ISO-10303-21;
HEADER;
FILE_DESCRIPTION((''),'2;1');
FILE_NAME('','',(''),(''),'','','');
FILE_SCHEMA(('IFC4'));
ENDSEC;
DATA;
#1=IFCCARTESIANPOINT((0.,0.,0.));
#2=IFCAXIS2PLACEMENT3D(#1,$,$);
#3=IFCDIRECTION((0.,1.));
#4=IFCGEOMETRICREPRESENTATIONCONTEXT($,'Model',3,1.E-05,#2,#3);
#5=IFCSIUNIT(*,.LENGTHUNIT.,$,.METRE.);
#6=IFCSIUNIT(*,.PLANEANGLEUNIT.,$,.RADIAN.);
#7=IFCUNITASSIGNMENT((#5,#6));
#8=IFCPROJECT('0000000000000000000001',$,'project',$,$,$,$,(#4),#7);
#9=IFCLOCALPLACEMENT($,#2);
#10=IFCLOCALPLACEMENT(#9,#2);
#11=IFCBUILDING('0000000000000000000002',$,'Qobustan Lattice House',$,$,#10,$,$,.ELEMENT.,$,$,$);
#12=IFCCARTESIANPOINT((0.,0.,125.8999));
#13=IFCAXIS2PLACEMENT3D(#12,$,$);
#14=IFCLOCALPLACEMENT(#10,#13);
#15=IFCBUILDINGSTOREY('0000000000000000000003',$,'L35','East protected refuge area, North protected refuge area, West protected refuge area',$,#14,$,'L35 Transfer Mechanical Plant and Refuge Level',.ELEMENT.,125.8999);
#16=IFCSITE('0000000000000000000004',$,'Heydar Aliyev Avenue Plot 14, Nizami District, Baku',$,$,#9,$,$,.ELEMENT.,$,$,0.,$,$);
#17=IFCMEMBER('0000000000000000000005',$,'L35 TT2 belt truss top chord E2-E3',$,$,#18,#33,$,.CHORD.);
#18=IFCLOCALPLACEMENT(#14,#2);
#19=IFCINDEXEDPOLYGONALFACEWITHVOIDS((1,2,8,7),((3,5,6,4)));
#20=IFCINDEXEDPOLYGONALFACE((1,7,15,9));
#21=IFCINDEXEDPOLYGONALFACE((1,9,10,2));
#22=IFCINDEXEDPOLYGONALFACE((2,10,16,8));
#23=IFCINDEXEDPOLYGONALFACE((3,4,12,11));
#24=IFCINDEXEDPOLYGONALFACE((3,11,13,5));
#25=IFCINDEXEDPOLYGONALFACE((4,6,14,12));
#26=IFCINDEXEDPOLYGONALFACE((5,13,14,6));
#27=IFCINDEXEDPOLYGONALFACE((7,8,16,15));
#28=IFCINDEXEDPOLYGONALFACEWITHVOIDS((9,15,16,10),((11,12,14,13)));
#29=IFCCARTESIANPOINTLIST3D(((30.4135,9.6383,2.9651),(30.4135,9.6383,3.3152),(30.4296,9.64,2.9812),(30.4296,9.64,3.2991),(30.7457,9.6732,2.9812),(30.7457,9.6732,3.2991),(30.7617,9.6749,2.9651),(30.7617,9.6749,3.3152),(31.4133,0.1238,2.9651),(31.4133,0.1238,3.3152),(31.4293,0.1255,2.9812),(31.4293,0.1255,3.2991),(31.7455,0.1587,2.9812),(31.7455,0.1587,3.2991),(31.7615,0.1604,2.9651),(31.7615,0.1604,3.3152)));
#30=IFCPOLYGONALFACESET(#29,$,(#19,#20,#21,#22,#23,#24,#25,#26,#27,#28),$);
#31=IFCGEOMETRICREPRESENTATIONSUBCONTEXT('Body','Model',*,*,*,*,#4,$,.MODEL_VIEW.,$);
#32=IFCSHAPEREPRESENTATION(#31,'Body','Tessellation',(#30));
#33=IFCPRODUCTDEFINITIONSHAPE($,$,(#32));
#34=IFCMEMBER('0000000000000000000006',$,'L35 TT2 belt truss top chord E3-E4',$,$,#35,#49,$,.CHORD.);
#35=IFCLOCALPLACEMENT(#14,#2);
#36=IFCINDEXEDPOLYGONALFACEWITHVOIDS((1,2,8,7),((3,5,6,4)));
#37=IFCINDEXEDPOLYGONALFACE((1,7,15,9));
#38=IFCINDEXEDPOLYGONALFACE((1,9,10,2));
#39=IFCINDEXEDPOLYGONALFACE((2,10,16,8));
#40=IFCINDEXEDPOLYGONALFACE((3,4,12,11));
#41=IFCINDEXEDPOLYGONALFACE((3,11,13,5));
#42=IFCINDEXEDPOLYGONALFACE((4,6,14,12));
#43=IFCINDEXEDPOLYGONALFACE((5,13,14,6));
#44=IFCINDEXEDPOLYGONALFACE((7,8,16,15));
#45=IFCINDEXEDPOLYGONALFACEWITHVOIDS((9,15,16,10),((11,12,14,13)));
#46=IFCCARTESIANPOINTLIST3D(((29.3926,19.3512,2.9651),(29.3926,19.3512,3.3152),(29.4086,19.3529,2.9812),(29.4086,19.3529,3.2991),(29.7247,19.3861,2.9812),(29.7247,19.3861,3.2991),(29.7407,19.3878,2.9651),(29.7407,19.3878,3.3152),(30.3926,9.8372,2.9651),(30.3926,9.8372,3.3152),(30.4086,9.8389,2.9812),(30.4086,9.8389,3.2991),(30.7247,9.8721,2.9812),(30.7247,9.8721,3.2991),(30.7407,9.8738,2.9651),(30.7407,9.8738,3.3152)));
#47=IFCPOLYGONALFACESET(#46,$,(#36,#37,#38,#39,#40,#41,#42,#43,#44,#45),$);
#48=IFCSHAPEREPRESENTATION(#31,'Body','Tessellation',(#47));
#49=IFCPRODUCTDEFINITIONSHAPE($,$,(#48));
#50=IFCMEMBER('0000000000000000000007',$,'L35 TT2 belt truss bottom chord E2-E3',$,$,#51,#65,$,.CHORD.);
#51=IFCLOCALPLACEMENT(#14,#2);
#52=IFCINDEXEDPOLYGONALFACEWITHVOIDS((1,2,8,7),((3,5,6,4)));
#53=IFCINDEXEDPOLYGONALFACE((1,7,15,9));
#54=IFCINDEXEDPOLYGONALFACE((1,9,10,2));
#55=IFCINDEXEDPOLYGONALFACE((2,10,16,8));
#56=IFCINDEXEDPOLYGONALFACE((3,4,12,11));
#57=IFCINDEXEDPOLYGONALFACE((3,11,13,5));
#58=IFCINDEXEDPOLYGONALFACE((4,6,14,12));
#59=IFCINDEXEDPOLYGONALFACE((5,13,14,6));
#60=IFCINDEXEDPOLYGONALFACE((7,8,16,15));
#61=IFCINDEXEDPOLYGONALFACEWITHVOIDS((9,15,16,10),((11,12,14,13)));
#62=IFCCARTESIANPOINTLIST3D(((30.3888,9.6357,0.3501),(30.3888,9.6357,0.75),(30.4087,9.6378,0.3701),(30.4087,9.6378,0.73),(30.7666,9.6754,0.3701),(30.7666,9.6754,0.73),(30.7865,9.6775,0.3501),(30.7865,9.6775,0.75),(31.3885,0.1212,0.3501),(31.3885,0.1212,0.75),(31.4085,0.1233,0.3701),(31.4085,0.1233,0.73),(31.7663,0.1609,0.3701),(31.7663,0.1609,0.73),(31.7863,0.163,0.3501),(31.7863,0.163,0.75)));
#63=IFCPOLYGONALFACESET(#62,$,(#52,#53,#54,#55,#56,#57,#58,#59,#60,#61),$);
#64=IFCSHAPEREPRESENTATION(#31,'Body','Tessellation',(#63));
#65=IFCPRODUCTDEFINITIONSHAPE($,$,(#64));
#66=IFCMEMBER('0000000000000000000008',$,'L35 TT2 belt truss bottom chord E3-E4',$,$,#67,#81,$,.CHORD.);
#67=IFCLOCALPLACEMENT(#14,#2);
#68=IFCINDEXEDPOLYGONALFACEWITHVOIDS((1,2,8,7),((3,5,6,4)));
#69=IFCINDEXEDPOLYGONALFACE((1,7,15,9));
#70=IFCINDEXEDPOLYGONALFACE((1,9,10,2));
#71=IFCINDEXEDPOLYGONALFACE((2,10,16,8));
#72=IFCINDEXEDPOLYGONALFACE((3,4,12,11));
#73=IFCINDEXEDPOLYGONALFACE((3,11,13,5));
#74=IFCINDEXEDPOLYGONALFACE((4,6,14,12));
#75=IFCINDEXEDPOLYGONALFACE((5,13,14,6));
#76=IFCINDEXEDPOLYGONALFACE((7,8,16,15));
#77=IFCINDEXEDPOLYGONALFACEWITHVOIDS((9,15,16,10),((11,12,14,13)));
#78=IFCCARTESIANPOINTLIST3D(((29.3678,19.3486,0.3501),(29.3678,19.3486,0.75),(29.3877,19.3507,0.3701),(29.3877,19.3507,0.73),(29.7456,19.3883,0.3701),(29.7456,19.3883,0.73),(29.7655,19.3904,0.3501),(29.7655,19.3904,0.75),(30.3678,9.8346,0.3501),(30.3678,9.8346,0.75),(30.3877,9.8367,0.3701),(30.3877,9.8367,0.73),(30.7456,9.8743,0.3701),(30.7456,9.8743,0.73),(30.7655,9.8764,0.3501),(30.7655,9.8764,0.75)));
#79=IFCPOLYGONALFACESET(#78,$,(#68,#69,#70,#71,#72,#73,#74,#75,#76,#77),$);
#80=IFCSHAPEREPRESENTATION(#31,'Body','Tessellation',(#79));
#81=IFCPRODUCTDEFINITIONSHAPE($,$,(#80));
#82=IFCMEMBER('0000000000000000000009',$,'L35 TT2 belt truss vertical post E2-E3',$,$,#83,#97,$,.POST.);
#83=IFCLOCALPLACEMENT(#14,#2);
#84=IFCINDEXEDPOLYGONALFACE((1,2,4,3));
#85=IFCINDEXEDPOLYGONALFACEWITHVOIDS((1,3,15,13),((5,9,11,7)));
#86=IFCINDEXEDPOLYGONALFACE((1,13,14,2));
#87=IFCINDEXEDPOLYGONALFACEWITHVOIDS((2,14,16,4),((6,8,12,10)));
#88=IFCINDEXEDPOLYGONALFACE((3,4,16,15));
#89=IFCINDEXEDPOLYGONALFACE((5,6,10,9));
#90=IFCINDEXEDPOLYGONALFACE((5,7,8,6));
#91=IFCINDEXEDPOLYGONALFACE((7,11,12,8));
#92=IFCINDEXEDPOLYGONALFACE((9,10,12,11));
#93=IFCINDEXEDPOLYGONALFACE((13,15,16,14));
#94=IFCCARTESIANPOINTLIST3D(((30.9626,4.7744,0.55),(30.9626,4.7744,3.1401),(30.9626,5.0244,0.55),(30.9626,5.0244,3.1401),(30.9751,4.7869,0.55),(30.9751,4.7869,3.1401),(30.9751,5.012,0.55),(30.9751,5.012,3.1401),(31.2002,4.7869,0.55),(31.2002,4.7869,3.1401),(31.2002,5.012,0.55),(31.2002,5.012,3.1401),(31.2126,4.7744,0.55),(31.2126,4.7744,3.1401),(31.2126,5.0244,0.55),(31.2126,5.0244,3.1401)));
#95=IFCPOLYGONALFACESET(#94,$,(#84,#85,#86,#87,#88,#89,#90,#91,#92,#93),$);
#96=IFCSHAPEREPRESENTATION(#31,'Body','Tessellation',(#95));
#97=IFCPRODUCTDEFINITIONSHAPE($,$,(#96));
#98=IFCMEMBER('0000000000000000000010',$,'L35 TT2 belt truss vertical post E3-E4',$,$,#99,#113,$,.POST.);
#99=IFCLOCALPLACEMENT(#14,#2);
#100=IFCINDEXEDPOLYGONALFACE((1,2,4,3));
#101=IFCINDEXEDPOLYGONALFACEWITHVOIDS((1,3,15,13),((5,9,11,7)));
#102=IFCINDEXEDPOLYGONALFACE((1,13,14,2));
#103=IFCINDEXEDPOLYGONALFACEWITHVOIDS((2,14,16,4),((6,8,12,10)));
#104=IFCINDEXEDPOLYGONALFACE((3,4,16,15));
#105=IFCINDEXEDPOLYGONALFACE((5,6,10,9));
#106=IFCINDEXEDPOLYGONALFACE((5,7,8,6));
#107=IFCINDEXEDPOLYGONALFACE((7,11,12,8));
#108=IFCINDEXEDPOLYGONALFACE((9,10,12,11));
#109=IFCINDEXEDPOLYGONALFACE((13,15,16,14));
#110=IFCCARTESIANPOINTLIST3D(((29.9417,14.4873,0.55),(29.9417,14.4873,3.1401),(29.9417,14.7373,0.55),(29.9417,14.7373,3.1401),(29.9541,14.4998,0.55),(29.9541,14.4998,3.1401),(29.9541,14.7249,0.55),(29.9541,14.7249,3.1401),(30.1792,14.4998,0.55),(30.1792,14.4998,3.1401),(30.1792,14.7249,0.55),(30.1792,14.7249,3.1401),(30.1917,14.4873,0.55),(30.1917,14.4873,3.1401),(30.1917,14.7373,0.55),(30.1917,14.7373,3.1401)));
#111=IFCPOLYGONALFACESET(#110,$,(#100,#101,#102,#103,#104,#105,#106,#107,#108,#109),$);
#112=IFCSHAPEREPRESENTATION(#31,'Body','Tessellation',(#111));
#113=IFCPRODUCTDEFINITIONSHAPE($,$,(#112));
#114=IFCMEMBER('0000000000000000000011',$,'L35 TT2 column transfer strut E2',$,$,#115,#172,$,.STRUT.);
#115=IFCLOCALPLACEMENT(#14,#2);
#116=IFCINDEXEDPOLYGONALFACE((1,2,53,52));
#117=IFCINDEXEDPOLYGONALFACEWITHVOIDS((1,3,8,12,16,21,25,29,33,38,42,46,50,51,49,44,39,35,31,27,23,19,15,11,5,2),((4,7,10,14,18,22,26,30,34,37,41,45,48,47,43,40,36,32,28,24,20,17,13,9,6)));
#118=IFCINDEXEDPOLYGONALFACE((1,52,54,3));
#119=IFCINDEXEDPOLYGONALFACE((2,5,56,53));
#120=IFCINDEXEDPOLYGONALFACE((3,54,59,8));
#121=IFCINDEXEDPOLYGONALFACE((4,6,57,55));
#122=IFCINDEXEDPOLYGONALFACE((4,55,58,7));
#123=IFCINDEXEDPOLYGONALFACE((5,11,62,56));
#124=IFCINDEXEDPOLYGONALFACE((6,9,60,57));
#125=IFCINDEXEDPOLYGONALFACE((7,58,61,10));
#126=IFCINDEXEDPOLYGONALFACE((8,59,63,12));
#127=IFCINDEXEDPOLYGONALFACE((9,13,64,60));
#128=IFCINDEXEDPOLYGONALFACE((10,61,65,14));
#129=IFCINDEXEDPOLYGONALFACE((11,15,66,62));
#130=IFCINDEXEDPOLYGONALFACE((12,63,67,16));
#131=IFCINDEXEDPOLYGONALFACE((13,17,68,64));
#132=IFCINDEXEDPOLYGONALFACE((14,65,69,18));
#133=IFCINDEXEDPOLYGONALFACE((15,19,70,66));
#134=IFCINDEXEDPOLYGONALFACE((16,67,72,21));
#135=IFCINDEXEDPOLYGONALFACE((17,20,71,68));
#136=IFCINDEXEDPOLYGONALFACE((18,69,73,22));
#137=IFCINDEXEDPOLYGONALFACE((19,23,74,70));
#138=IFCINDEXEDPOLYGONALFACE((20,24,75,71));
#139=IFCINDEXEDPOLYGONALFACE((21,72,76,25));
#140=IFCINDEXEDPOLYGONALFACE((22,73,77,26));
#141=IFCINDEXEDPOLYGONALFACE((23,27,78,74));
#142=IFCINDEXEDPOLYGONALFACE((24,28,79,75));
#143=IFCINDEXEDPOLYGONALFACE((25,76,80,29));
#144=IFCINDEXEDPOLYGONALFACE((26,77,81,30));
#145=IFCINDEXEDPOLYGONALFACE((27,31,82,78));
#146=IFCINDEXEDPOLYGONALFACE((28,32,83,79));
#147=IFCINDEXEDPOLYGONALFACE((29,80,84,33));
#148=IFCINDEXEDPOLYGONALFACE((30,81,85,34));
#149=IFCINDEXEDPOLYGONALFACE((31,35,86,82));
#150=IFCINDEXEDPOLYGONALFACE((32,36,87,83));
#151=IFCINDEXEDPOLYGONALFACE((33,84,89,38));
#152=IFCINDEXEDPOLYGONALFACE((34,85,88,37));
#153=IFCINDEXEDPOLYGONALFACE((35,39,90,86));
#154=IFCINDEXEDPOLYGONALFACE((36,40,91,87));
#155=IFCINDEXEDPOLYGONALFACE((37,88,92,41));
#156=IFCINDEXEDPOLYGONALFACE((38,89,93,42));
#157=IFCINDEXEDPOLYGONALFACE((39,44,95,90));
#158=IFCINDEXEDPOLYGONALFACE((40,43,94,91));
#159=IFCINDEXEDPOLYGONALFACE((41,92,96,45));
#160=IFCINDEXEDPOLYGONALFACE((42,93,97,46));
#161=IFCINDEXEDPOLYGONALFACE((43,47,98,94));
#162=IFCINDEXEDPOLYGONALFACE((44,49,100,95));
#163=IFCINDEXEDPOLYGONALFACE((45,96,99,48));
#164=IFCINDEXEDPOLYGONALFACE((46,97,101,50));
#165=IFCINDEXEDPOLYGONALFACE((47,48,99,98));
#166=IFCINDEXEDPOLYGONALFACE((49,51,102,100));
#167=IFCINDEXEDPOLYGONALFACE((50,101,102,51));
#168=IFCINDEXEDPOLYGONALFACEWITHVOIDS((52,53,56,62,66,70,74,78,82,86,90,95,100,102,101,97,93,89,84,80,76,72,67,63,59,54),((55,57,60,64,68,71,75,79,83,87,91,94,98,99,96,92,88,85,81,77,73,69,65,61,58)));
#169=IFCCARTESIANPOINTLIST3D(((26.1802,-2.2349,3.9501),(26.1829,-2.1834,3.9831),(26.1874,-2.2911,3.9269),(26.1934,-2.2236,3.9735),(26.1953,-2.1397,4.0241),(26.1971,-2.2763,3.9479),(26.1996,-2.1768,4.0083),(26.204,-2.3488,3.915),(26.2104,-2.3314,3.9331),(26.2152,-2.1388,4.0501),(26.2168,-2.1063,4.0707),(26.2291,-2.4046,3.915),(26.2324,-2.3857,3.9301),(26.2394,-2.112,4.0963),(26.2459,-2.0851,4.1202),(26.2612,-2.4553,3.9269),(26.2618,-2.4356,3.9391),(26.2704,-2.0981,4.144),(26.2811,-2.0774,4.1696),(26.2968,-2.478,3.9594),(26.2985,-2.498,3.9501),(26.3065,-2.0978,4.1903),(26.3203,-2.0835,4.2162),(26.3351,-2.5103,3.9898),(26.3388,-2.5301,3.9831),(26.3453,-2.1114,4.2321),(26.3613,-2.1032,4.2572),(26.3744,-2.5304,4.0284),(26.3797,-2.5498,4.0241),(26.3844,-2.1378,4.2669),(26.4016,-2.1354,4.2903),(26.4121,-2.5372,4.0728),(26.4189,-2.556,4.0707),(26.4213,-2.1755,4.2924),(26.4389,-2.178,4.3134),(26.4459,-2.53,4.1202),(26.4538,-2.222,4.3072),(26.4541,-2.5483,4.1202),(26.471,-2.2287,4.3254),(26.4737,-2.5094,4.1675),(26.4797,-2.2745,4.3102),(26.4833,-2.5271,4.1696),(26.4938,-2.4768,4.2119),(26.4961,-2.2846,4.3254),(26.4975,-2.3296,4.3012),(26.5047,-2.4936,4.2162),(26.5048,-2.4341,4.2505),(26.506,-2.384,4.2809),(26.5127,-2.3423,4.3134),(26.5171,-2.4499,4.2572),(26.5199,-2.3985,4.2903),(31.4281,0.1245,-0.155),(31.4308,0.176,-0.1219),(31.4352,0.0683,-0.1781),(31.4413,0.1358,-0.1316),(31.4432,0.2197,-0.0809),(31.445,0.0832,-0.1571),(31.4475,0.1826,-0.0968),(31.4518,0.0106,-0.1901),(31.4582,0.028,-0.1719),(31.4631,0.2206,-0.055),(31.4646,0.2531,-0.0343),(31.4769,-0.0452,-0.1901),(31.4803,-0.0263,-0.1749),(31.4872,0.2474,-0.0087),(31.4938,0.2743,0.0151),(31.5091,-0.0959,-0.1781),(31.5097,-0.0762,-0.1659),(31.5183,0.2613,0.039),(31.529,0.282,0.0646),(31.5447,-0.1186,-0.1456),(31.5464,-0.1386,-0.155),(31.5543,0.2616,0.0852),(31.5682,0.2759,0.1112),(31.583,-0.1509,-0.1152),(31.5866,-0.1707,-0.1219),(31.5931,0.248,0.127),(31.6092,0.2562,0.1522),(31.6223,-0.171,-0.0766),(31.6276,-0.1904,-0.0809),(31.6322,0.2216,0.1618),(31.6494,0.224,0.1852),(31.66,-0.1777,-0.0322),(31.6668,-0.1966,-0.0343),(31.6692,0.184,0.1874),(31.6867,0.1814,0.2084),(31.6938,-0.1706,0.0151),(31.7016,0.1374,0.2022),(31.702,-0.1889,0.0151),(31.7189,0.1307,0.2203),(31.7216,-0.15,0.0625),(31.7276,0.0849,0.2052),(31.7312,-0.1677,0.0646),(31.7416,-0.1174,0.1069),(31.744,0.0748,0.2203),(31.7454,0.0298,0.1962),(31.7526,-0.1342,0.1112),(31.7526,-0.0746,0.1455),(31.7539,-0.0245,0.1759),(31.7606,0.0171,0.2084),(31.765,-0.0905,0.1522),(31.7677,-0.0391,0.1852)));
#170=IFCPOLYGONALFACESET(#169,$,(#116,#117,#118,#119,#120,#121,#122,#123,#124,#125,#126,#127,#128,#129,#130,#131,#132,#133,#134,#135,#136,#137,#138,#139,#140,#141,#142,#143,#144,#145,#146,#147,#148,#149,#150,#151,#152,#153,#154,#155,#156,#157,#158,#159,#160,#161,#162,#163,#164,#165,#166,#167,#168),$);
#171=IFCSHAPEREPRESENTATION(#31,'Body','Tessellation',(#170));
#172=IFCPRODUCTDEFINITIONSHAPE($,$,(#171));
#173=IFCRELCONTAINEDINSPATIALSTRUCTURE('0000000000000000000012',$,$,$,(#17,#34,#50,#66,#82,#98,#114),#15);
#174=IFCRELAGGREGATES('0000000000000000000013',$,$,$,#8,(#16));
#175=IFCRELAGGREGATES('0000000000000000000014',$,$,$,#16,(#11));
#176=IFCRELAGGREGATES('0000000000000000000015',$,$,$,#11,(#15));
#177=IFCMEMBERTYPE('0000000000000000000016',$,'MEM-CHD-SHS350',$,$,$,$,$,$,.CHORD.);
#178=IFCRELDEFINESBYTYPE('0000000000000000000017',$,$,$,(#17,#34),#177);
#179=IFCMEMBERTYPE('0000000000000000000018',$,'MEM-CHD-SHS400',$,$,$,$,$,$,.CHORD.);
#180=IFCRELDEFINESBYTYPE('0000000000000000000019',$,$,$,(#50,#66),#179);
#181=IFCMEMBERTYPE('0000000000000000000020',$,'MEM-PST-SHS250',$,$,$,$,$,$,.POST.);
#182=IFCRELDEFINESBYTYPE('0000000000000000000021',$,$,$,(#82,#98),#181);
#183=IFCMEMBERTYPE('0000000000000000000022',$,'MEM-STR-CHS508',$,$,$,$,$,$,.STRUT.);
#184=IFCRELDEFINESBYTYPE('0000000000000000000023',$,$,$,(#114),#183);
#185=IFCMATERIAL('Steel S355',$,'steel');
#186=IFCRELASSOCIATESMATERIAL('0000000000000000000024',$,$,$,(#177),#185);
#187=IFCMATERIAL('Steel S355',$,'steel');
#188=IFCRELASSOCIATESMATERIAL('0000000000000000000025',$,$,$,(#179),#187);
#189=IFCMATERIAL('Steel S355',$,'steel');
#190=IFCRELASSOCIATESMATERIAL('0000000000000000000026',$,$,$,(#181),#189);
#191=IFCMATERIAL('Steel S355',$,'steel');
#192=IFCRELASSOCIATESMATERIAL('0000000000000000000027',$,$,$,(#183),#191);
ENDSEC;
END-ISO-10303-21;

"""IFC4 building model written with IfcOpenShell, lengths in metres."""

from ifc_helpers import new_model, si_unit, direction, frame, origin, origin_2d, place, context, subcontext, project, spatial, hollow_rectangle, hollow_circle, extrude, material, material_profile, profile_set, type_object, element, save


model = new_model("IFC4")

# Units and contexts
model_context = context("Model", 3, precision=1e-05, world=origin(), true_north=direction((0.0, 1.0)))
body_context = subcontext(model_context, "Body", "Model", "MODEL_VIEW")
ifc_project = project(units=[si_unit("LENGTHUNIT", "METRE"), si_unit("PLANEANGLEUNIT", "RADIAN")], contexts=[model_context])

# Site, building, storey
site_placement = place(None, origin())
site = spatial("IfcSite", under=ifc_project, at=site_placement, Name="Heydar Aliyev Avenue Plot 14, Nizami District, Baku", CompositionType="ELEMENT", RefElevation=0.0)
building_placement = place(site_placement, origin())
building = spatial("IfcBuilding", under=site, at=building_placement, Name="Qobustan Lattice House", CompositionType="ELEMENT")
storey_placement = place(building_placement, frame((0.0, 0.0, 125.8999)))
storey = spatial("IfcBuildingStorey", under=building, at=storey_placement, Name="L35", Description="East protected refuge area, North protected refuge area, West protected refuge area", LongName="L35 Transfer Mechanical Plant and Refuge Level", CompositionType="ELEMENT", Elevation=125.8999)

# Members
ifc_material_1 = material(Name="Steel S355", Category="steel")
ifc_material_profile_1 = material_profile(ifc_material_1, hollow_rectangle(XDim=0.3501, YDim=0.3501, WallThickness=0.0161, at=origin_2d()), Name="SHS350x350x16")
ifc_profile_set_1 = profile_set([ifc_material_profile_1], Name="Steel S355")
member_type_1 = type_object("IfcMemberType", Name="MEM-CHD-SHS350", PredefinedType="CHORD", material=ifc_profile_set_1)
member_1_placement = place(storey_placement, frame((31.5874, 0.1421, 3.1401), z_axis=(-0.104503, 0.994525, 0.0), x_axis=(-0.994525, -0.104503, 0.0)))
element("IfcMember", 1, at=member_1_placement, inside=storey, type_object=member_type_1, Name="L35 TT2 belt truss top chord E2-E3", PredefinedType="CHORD", context=body_context, shape_type="SweptSolid", body=[
    extrude(hollow_rectangle(XDim=0.3501, YDim=0.3501, WallThickness=0.0161, at=origin_2d()), origin(), (0.0, 0.0, 1.0), 9.5669),
])
member_2_placement = place(storey_placement, frame((30.5667, 9.8555, 3.1401), z_axis=(-0.104533, 0.994521, 0.0), x_axis=(-0.994521, -0.104533, 0.0)))
element("IfcMember", 2, at=member_2_placement, inside=storey, type_object=member_type_1, Name="L35 TT2 belt truss top chord E3-E4", PredefinedType="CHORD", context=body_context, shape_type="SweptSolid", body=[
    extrude(hollow_rectangle(XDim=0.3501, YDim=0.3501, WallThickness=0.0161, at=origin_2d()), origin(), (0.0, 0.0, 1.0), 9.5664),
])
ifc_material_2 = material(Name="Steel S355", Category="steel")
ifc_material_profile_2 = material_profile(ifc_material_2, hollow_rectangle(XDim=0.3999, YDim=0.3999, WallThickness=0.02, at=origin_2d()), Name="SHS400x400x20")
ifc_profile_set_2 = profile_set([ifc_material_profile_2], Name="Steel S355")
member_type_2 = type_object("IfcMemberType", Name="MEM-CHD-SHS400", PredefinedType="CHORD", material=ifc_profile_set_2)
member_3_placement = place(storey_placement, frame((31.5874, 0.1421, 0.55), z_axis=(-0.104503, 0.994525, 0.0), x_axis=(-0.994525, -0.104503, 0.0)))
element("IfcMember", 3, at=member_3_placement, inside=storey, type_object=member_type_2, Name="L35 TT2 belt truss bottom chord E2-E3", PredefinedType="CHORD", context=body_context, shape_type="SweptSolid", body=[
    extrude(hollow_rectangle(XDim=0.3999, YDim=0.3999, WallThickness=0.02, at=origin_2d()), origin(), (0.0, 0.0, 1.0), 9.5669),
])
member_4_placement = place(storey_placement, frame((30.5667, 9.8555, 0.55), z_axis=(-0.104533, 0.994521, 0.0), x_axis=(-0.994521, -0.104533, 0.0)))
element("IfcMember", 4, at=member_4_placement, inside=storey, type_object=member_type_2, Name="L35 TT2 belt truss bottom chord E3-E4", PredefinedType="CHORD", context=body_context, shape_type="SweptSolid", body=[
    extrude(hollow_rectangle(XDim=0.3999, YDim=0.3999, WallThickness=0.02, at=origin_2d()), origin(), (0.0, 0.0, 1.0), 9.5664),
])
ifc_material_3 = material(Name="Steel S355", Category="steel")
ifc_material_profile_3 = material_profile(ifc_material_3, hollow_rectangle(XDim=0.25, YDim=0.25, WallThickness=0.0125, at=origin_2d()), Name="SHS250x250x12.5")
ifc_profile_set_3 = profile_set([ifc_material_profile_3], Name="Steel S355")
member_type_3 = type_object("IfcMemberType", Name="MEM-PST-SHS250", PredefinedType="POST", material=ifc_profile_set_3)
for number, where, z_axis, x_axis, name in (
    (5, (31.0876, 4.8994, 0.55), (0.0, 0.0, 1.0), (1.0, 0.0, 0.0), "L35 TT2 belt truss vertical post E2-E3"),
    (6, (30.0667, 14.6123, 0.55), (0.0, 0.0, 1.0), (1.0, 0.0, 0.0), "L35 TT2 belt truss vertical post E3-E4"),
):
    element("IfcMember", number, at=place(storey_placement, frame(where, z_axis=z_axis, x_axis=x_axis)), inside=storey, type_object=member_type_3, Name=name, PredefinedType="POST", context=body_context, shape_type="SweptSolid", body=[
        extrude(hollow_rectangle(XDim=0.25, YDim=0.25, WallThickness=0.0125, at=origin_2d()), origin(), (0.0, 0.0, 1.0), 2.5901),
    ])
ifc_material_4 = material(Name="Steel S355", Category="steel")
ifc_material_profile_4 = material_profile(ifc_material_4, hollow_circle(Radius=0.2539, WallThickness=0.02, at=origin_2d()), Name="CHS508x20")
ifc_profile_set_4 = profile_set([ifc_material_profile_4], Name="Steel S355")
member_type_4 = type_object("IfcMemberType", Name="MEM-STR-CHS508", PredefinedType="STRUT", material=ifc_profile_set_4)
member_5_placement = place(storey_placement, frame((31.5979, 0.0427, 0.0151), z_axis=(-0.742471, -0.33381, 0.580782), x_axis=(0.410056, -0.91206, 0.0)))
element("IfcMember", 7, at=member_5_placement, inside=storey, type_object=member_type_4, Name="L35 TT2 column transfer strut E2", PredefinedType="STRUT", context=body_context, shape_type="SweptSolid", body=[
    extrude(hollow_circle(Radius=0.2539, WallThickness=0.02, at=origin_2d()), origin(), (0.0, 0.0, 1.0), 7.0681),
])

save(model, "model.ifc")
